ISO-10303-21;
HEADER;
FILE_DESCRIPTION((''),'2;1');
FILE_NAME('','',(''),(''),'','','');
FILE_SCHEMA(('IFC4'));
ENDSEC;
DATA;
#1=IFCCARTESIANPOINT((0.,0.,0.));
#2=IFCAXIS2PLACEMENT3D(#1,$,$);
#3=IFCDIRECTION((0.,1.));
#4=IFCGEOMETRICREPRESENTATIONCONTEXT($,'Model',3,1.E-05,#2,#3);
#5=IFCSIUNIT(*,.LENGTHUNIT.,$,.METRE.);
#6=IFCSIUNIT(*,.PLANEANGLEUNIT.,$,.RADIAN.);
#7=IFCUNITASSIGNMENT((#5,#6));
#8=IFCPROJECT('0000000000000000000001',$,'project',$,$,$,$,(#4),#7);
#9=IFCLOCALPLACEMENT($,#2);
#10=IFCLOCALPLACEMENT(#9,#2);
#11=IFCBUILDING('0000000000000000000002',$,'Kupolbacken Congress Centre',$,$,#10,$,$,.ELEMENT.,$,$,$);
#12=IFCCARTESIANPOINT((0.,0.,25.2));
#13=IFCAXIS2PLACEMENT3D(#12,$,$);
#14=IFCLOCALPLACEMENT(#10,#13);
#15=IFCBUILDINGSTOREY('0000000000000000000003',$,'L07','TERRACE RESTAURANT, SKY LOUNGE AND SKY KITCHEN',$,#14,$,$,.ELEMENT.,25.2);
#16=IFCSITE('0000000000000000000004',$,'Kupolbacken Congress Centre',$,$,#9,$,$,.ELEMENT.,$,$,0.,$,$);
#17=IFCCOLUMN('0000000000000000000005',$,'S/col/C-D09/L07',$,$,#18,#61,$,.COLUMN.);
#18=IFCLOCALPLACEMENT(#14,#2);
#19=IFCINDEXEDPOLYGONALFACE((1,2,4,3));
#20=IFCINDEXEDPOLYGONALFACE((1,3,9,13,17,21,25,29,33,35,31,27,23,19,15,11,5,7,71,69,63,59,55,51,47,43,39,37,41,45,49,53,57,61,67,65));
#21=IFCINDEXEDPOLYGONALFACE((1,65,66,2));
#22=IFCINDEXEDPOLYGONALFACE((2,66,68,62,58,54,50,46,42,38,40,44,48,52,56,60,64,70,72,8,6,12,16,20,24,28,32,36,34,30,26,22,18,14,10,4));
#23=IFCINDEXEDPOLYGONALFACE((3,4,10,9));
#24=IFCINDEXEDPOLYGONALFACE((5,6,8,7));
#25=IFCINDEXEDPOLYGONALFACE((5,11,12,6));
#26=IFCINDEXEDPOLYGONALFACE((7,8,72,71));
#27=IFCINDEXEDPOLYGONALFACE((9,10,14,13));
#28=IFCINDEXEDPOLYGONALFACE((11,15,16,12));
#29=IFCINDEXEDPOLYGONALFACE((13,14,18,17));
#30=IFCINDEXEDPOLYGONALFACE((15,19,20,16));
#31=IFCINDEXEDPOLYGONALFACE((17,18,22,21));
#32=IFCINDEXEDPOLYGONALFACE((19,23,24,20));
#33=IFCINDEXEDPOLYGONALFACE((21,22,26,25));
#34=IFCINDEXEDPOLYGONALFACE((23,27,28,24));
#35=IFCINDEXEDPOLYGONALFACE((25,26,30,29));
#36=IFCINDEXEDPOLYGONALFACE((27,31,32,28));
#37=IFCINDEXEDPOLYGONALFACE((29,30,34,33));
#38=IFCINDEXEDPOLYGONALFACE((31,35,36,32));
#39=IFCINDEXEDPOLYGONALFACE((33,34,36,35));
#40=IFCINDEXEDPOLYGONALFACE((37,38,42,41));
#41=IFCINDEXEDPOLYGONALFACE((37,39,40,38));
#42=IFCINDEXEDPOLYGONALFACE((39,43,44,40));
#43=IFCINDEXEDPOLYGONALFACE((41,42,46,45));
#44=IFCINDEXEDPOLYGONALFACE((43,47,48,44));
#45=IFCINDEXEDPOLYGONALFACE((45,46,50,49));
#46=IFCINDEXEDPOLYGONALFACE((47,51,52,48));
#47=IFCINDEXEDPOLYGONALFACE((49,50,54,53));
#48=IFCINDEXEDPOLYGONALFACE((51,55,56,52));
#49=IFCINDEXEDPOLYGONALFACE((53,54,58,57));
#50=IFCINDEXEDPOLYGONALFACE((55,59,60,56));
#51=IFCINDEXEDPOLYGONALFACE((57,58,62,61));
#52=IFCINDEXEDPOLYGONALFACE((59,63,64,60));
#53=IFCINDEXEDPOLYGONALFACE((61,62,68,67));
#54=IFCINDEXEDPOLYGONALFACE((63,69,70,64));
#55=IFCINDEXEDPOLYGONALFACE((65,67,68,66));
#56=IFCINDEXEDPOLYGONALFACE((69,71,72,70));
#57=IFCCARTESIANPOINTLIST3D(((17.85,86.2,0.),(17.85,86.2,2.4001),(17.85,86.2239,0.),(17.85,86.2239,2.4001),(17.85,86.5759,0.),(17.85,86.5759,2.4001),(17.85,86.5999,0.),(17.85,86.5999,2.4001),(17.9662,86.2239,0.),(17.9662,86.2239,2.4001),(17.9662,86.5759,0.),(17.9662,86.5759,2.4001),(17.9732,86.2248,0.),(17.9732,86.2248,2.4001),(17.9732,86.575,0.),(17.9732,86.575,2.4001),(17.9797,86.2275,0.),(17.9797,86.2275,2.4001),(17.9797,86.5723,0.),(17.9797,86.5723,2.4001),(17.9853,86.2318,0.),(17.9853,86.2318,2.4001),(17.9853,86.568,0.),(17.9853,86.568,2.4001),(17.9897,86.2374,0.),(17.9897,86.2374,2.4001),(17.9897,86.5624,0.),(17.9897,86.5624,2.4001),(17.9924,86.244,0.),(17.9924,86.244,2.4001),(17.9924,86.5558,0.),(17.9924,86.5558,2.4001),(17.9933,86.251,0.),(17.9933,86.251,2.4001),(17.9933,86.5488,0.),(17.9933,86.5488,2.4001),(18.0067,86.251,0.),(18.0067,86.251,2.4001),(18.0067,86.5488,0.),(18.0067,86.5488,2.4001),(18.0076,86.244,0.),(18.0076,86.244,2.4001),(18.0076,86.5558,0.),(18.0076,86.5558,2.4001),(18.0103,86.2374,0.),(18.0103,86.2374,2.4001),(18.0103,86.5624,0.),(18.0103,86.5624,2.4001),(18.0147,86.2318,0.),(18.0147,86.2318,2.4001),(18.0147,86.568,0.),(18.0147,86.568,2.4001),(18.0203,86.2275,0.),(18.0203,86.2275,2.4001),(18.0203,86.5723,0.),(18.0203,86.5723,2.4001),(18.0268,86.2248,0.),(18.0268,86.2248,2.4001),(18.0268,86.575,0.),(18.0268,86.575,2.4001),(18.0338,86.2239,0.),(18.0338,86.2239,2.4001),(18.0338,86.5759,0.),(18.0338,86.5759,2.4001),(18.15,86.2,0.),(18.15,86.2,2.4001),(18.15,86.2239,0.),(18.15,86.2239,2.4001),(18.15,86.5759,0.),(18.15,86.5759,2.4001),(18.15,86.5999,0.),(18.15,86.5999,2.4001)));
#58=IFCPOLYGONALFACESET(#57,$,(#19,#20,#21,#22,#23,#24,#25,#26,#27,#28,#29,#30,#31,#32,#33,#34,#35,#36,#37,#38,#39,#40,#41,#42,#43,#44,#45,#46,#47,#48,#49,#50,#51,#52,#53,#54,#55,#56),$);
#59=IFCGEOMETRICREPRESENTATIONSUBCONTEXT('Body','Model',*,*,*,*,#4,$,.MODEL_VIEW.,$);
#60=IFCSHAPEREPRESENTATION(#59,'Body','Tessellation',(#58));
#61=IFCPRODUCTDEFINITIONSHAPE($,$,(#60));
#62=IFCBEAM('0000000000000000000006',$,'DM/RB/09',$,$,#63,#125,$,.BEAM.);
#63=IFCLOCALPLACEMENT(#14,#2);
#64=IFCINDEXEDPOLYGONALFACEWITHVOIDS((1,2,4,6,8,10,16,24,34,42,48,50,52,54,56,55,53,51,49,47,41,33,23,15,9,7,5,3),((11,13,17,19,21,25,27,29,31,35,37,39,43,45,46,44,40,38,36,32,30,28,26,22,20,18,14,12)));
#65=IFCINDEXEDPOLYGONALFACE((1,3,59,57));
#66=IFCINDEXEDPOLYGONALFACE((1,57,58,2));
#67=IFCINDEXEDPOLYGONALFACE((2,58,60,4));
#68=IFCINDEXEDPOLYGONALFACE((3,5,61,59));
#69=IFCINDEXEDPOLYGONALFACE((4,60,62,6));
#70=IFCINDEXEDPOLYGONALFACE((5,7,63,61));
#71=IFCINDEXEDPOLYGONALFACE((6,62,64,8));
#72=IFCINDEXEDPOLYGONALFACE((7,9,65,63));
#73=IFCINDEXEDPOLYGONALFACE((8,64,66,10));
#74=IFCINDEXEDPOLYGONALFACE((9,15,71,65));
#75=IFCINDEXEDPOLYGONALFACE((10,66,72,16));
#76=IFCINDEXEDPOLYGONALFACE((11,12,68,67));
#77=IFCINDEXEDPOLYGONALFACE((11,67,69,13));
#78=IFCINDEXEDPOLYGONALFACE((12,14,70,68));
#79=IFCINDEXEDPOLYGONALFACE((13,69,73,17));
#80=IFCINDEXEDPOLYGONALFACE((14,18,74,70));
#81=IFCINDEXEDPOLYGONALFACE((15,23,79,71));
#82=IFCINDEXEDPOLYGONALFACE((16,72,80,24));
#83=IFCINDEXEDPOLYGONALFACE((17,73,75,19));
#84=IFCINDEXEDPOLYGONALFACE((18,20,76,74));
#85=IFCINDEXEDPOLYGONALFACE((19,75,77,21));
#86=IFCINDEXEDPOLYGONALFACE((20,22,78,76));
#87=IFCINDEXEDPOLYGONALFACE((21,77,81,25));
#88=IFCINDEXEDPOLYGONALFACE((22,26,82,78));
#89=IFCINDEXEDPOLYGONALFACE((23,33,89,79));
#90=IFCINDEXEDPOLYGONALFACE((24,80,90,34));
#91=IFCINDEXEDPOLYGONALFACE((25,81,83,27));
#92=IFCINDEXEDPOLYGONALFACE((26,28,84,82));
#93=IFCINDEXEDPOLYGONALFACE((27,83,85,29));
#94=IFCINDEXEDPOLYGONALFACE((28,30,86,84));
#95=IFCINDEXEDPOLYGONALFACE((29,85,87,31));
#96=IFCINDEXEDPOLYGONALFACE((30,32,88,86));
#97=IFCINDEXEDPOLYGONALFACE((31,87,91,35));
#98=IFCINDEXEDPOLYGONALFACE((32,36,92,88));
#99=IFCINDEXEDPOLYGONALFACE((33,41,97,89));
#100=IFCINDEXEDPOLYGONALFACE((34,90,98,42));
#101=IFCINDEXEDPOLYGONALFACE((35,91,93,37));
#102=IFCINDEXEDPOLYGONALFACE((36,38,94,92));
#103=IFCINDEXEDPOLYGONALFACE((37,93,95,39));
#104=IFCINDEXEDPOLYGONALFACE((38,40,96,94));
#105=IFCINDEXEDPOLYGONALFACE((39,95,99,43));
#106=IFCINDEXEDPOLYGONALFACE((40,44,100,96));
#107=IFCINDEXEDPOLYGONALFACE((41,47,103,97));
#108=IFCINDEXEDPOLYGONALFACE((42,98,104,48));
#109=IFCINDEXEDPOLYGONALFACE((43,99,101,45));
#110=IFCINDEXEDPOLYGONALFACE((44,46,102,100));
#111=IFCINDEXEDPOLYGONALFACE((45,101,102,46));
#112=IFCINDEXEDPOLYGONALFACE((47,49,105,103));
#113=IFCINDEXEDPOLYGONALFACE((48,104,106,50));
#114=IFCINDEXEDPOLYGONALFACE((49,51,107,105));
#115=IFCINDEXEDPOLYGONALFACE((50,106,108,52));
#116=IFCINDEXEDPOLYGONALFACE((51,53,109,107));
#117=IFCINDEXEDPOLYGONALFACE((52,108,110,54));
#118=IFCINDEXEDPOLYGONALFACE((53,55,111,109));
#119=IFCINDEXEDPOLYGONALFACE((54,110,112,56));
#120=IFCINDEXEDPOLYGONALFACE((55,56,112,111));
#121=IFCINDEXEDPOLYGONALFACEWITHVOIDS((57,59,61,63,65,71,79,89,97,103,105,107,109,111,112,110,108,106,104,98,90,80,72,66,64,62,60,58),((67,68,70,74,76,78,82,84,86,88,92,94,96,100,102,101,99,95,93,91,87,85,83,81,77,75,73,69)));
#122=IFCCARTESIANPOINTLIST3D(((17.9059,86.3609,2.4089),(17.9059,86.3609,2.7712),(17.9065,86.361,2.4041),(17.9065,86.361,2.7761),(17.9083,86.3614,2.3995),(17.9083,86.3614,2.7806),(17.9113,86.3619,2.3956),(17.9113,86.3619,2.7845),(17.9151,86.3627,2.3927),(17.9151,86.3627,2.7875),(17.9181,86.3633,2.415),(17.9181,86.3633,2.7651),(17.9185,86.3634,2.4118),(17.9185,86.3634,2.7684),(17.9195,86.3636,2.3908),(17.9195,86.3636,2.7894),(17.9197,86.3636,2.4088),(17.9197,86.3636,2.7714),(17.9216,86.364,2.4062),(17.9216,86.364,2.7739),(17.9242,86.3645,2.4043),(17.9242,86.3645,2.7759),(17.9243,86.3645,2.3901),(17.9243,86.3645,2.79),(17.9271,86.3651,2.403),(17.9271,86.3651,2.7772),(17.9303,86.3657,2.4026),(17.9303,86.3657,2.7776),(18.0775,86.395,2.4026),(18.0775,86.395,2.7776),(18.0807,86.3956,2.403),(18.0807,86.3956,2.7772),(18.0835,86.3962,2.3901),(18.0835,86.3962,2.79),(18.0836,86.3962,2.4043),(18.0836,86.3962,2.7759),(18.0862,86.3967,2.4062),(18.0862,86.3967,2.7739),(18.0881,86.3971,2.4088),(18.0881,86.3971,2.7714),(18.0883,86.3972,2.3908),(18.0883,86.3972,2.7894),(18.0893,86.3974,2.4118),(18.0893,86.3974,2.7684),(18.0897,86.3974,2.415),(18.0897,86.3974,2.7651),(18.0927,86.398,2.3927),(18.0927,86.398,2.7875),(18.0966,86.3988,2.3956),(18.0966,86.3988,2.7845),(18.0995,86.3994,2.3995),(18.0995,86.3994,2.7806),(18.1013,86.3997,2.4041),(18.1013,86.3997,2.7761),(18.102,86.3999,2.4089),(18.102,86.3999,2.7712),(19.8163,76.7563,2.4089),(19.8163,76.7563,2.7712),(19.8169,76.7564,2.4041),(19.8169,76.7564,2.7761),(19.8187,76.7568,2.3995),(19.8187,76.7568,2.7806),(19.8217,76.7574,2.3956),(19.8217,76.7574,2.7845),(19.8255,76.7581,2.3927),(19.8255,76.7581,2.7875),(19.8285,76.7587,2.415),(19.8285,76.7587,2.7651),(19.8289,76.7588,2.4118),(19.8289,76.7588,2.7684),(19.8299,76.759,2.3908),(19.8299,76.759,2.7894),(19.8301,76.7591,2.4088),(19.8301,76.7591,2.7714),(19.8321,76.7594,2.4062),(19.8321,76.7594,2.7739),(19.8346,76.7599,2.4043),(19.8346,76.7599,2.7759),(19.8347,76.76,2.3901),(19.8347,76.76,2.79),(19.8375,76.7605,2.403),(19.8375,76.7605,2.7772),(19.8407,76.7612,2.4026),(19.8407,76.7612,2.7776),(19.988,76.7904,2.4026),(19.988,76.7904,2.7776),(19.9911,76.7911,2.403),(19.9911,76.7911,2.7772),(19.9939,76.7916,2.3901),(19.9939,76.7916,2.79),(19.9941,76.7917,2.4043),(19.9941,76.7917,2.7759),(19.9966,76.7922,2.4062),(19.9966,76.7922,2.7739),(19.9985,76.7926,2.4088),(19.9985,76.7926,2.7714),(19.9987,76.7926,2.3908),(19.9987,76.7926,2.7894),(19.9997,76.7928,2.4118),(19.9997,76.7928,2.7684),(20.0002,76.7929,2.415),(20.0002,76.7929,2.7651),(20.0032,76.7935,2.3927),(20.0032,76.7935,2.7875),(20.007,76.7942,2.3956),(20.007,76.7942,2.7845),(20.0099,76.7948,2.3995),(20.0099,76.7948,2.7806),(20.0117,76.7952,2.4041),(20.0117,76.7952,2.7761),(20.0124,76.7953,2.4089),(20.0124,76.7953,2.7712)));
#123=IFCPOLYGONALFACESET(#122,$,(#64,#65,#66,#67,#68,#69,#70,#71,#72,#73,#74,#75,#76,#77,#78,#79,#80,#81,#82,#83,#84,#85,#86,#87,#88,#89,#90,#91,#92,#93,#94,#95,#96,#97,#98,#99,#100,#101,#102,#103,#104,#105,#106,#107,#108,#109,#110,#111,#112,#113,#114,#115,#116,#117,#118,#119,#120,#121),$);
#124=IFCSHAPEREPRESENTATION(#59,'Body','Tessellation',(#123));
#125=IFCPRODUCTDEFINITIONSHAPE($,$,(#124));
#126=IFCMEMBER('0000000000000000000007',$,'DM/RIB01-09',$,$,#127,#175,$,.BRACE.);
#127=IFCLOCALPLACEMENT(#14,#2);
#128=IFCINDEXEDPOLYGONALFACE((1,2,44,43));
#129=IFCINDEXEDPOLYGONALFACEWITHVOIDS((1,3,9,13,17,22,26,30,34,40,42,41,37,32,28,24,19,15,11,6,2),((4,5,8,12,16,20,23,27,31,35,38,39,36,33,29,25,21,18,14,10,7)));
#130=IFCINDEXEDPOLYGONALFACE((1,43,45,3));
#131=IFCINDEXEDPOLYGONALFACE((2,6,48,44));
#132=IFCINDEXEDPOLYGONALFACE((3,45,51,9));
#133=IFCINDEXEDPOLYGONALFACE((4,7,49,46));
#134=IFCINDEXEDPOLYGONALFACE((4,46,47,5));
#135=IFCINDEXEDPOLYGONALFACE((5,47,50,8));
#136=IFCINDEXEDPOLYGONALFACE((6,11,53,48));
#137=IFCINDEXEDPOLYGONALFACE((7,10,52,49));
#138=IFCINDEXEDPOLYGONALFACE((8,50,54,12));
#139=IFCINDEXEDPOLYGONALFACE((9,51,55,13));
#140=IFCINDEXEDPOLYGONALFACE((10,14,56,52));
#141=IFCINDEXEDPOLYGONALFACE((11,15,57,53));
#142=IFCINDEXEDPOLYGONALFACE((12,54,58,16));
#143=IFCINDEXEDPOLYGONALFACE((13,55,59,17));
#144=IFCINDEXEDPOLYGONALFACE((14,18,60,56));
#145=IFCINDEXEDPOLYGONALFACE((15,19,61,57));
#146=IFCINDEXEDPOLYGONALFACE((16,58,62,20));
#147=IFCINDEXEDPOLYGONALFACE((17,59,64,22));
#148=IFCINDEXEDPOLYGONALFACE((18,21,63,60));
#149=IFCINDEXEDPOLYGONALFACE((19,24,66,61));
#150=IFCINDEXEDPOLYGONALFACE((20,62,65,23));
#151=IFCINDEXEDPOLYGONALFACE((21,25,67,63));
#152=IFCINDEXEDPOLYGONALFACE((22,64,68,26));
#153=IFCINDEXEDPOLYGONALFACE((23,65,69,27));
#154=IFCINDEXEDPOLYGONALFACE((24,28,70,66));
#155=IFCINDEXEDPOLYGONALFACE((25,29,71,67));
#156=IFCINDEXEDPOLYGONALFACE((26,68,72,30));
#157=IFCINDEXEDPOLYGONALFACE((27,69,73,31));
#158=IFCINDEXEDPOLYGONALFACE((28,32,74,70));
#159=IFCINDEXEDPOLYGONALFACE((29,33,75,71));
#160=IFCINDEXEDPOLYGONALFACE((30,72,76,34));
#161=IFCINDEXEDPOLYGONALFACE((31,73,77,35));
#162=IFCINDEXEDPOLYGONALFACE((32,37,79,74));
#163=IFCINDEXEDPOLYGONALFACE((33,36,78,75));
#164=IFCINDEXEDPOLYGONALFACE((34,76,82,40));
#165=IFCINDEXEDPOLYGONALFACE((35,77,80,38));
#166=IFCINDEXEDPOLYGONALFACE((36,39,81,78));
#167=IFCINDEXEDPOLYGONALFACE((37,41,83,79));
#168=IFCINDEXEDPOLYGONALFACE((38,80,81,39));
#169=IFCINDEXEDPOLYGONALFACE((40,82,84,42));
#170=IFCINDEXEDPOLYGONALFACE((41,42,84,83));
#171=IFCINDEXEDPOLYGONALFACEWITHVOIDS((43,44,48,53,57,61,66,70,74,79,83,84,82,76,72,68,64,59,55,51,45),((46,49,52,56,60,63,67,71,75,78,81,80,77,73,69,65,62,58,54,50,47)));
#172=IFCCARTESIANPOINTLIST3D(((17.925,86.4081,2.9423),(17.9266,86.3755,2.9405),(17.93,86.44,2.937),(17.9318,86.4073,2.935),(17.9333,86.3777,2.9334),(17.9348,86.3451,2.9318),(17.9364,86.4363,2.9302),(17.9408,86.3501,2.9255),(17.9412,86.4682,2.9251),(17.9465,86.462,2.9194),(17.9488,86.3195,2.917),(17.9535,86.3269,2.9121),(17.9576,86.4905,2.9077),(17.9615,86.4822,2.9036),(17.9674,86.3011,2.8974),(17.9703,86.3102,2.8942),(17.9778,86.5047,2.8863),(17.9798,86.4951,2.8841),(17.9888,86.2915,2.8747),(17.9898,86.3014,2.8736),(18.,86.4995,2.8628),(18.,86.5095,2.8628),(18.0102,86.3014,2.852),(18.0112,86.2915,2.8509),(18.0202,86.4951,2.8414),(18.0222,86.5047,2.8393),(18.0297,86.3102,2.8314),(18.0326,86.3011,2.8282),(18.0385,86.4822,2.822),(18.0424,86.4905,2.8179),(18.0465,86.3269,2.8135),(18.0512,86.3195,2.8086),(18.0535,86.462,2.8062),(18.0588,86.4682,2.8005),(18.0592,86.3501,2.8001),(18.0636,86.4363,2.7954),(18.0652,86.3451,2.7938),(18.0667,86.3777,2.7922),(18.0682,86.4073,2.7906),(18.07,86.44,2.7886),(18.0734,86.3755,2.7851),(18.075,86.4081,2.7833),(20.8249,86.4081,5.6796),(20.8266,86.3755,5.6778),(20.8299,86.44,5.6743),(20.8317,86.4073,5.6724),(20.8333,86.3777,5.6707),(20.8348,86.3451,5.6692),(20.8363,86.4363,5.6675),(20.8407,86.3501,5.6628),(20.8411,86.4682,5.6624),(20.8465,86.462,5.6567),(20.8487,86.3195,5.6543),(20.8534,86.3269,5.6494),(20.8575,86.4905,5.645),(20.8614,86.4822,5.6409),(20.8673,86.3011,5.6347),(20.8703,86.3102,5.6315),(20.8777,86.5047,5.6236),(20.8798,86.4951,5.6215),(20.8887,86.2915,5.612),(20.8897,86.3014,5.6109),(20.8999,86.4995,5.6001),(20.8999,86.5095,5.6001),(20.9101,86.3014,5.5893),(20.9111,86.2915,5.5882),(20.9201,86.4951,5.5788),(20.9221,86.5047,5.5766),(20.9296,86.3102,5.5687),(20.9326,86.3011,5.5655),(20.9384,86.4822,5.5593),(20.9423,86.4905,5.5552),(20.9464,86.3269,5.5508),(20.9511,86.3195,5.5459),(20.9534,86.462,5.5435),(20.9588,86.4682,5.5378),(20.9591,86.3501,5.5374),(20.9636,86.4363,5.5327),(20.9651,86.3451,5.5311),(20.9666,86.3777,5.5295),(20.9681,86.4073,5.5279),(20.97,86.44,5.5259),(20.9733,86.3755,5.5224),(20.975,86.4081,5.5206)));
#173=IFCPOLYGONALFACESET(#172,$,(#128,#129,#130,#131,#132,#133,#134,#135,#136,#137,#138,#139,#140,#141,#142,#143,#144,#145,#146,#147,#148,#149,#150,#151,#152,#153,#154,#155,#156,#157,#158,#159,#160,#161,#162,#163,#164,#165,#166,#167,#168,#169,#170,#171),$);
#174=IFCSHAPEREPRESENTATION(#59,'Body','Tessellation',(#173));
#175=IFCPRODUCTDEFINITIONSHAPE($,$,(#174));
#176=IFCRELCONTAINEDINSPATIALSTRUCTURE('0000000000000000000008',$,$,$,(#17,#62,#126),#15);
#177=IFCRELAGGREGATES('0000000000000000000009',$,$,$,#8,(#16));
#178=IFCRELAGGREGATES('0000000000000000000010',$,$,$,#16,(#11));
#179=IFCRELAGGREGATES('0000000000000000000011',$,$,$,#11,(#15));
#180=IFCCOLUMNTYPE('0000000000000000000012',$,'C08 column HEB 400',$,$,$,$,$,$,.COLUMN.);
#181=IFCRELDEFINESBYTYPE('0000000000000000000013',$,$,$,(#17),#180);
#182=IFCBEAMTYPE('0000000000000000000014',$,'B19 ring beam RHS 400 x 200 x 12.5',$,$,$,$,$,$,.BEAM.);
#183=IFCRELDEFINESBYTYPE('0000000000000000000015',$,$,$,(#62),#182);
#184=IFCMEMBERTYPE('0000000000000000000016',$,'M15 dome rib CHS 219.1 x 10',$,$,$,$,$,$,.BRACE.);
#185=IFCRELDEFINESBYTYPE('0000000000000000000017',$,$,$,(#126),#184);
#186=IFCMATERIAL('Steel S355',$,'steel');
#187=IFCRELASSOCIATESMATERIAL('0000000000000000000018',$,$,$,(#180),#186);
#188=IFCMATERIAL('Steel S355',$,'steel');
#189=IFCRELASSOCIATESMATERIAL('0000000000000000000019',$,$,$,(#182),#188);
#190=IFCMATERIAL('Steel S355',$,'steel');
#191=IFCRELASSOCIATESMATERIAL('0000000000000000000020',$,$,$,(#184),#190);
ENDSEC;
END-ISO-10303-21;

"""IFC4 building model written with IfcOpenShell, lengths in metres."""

from ifc_helpers import new_model, si_unit, direction, frame, origin, origin_2d, place, context, subcontext, project, spatial, hollow_rectangle, hollow_circle, i_section, extrude, material, material_profile, profile_set, type_object, element, save


model = new_model("IFC4")

# Units and contexts
model_context = context("Model", 3, precision=1e-05, world=origin(), true_north=direction((0.0, 1.0)))
body_context = subcontext(model_context, "Body", "Model", "MODEL_VIEW")
ifc_project = project(units=[si_unit("LENGTHUNIT", "METRE"), si_unit("PLANEANGLEUNIT", "RADIAN")], contexts=[model_context])

# Site, building, storey
site_placement = place(None, origin())
site = spatial("IfcSite", under=ifc_project, at=site_placement, Name="Kupolbacken Congress Centre", CompositionType="ELEMENT", RefElevation=0.0)
building_placement = place(site_placement, origin())
building = spatial("IfcBuilding", under=site, at=building_placement, Name="Kupolbacken Congress Centre", CompositionType="ELEMENT")
storey_placement = place(building_placement, frame((0.0, 0.0, 25.2)))
storey = spatial("IfcBuildingStorey", under=building, at=storey_placement, Name="L07", Description="TERRACE RESTAURANT, SKY LOUNGE AND SKY KITCHEN", CompositionType="ELEMENT", Elevation=25.2)

# Column
ifc_material_1 = material(Name="Steel S355", Category="steel")
ifc_material_profile_1 = material_profile(ifc_material_1, i_section(OverallWidth=0.3, OverallDepth=0.3999, WebThickness=0.0134, FlangeThickness=0.0239, FilletRadius=0.0271, at=origin_2d()), Name="HEB 400")
ifc_profile_set_1 = profile_set([ifc_material_profile_1], Name="Steel S355")
column_type = type_object("IfcColumnType", Name="C08 column HEB 400", PredefinedType="COLUMN", material=ifc_profile_set_1)
column_placement = place(storey_placement, frame((18.0, 86.3999, 0.0), z_axis=(0.0, 0.0, 1.0), x_axis=(-1.0, 0.0, 0.0)))
element("IfcColumn", 1, at=column_placement, inside=storey, type_object=column_type, Name="S/col/C-D09/L07", PredefinedType="COLUMN", context=body_context, shape_type="SweptSolid", body=[
    extrude(i_section(OverallWidth=0.3, OverallDepth=0.3999, WebThickness=0.0134, FlangeThickness=0.0239, FilletRadius=0.0271, at=origin_2d()), origin(), (0.0, 0.0, 1.0), 2.4001),
])

# Beam
ifc_material_2 = material(Name="Steel S355", Category="steel")
ifc_material_profile_2 = material_profile(ifc_material_2, hollow_rectangle(XDim=0.2, YDim=0.3999, WallThickness=0.0125, InnerFilletRadius=0.0125, OuterFilletRadius=0.0188, at=origin_2d()), Name="RHS 400 x 200 x 12.5")
ifc_profile_set_2 = profile_set([ifc_material_profile_2], Name="Steel S355")
beam_type = type_object("IfcBeamType", Name="B19 ring beam RHS 400 x 200 x 12.5", PredefinedType="BEAM", material=ifc_profile_set_2)
beam_placement = place(storey_placement, frame((18.0039, 86.3804, 2.5901), z_axis=(0.195085, -0.980786, 0.0), x_axis=(0.980786, 0.195085, 0.0)))
element("IfcBeam", 2, at=beam_placement, inside=storey, type_object=beam_type, Name="DM/RB/09", PredefinedType="BEAM", context=body_context, shape_type="SweptSolid", body=[
    extrude(hollow_rectangle(XDim=0.2, YDim=0.3999, WallThickness=0.0125, InnerFilletRadius=0.0125, OuterFilletRadius=0.0188, at=origin_2d()), origin(), (0.0, 0.0, 1.0), 9.7927),
])

# Member
ifc_material_3 = material(Name="Steel S355", Category="steel")
ifc_material_profile_3 = material_profile(ifc_material_3, hollow_circle(Radius=0.1096, WallThickness=0.01, at=origin_2d()), Name="CHS 219.1 x 10")
ifc_profile_set_3 = profile_set([ifc_material_profile_3], Name="Steel S355")
member_type_1 = type_object("IfcMemberType", Name="M15 dome rib CHS 219.1 x 10", PredefinedType="BRACE", material=ifc_profile_set_3)
member_1_placement = place(storey_placement, frame((18.0, 86.3999, 2.8628), z_axis=(0.7272, 0.0, 0.686426), x_axis=(0.0, 1.0, 0.0)))
element("IfcMember", 3, at=member_1_placement, inside=storey, type_object=member_type_1, Name="DM/RIB01-09", PredefinedType="BRACE", context=body_context, shape_type="SweptSolid", body=[
    extrude(hollow_circle(Radius=0.1096, WallThickness=0.01, at=origin_2d()), origin(), (0.0, 0.0, 1.0), 3.9878),
])

save(model, "model.ifc")
